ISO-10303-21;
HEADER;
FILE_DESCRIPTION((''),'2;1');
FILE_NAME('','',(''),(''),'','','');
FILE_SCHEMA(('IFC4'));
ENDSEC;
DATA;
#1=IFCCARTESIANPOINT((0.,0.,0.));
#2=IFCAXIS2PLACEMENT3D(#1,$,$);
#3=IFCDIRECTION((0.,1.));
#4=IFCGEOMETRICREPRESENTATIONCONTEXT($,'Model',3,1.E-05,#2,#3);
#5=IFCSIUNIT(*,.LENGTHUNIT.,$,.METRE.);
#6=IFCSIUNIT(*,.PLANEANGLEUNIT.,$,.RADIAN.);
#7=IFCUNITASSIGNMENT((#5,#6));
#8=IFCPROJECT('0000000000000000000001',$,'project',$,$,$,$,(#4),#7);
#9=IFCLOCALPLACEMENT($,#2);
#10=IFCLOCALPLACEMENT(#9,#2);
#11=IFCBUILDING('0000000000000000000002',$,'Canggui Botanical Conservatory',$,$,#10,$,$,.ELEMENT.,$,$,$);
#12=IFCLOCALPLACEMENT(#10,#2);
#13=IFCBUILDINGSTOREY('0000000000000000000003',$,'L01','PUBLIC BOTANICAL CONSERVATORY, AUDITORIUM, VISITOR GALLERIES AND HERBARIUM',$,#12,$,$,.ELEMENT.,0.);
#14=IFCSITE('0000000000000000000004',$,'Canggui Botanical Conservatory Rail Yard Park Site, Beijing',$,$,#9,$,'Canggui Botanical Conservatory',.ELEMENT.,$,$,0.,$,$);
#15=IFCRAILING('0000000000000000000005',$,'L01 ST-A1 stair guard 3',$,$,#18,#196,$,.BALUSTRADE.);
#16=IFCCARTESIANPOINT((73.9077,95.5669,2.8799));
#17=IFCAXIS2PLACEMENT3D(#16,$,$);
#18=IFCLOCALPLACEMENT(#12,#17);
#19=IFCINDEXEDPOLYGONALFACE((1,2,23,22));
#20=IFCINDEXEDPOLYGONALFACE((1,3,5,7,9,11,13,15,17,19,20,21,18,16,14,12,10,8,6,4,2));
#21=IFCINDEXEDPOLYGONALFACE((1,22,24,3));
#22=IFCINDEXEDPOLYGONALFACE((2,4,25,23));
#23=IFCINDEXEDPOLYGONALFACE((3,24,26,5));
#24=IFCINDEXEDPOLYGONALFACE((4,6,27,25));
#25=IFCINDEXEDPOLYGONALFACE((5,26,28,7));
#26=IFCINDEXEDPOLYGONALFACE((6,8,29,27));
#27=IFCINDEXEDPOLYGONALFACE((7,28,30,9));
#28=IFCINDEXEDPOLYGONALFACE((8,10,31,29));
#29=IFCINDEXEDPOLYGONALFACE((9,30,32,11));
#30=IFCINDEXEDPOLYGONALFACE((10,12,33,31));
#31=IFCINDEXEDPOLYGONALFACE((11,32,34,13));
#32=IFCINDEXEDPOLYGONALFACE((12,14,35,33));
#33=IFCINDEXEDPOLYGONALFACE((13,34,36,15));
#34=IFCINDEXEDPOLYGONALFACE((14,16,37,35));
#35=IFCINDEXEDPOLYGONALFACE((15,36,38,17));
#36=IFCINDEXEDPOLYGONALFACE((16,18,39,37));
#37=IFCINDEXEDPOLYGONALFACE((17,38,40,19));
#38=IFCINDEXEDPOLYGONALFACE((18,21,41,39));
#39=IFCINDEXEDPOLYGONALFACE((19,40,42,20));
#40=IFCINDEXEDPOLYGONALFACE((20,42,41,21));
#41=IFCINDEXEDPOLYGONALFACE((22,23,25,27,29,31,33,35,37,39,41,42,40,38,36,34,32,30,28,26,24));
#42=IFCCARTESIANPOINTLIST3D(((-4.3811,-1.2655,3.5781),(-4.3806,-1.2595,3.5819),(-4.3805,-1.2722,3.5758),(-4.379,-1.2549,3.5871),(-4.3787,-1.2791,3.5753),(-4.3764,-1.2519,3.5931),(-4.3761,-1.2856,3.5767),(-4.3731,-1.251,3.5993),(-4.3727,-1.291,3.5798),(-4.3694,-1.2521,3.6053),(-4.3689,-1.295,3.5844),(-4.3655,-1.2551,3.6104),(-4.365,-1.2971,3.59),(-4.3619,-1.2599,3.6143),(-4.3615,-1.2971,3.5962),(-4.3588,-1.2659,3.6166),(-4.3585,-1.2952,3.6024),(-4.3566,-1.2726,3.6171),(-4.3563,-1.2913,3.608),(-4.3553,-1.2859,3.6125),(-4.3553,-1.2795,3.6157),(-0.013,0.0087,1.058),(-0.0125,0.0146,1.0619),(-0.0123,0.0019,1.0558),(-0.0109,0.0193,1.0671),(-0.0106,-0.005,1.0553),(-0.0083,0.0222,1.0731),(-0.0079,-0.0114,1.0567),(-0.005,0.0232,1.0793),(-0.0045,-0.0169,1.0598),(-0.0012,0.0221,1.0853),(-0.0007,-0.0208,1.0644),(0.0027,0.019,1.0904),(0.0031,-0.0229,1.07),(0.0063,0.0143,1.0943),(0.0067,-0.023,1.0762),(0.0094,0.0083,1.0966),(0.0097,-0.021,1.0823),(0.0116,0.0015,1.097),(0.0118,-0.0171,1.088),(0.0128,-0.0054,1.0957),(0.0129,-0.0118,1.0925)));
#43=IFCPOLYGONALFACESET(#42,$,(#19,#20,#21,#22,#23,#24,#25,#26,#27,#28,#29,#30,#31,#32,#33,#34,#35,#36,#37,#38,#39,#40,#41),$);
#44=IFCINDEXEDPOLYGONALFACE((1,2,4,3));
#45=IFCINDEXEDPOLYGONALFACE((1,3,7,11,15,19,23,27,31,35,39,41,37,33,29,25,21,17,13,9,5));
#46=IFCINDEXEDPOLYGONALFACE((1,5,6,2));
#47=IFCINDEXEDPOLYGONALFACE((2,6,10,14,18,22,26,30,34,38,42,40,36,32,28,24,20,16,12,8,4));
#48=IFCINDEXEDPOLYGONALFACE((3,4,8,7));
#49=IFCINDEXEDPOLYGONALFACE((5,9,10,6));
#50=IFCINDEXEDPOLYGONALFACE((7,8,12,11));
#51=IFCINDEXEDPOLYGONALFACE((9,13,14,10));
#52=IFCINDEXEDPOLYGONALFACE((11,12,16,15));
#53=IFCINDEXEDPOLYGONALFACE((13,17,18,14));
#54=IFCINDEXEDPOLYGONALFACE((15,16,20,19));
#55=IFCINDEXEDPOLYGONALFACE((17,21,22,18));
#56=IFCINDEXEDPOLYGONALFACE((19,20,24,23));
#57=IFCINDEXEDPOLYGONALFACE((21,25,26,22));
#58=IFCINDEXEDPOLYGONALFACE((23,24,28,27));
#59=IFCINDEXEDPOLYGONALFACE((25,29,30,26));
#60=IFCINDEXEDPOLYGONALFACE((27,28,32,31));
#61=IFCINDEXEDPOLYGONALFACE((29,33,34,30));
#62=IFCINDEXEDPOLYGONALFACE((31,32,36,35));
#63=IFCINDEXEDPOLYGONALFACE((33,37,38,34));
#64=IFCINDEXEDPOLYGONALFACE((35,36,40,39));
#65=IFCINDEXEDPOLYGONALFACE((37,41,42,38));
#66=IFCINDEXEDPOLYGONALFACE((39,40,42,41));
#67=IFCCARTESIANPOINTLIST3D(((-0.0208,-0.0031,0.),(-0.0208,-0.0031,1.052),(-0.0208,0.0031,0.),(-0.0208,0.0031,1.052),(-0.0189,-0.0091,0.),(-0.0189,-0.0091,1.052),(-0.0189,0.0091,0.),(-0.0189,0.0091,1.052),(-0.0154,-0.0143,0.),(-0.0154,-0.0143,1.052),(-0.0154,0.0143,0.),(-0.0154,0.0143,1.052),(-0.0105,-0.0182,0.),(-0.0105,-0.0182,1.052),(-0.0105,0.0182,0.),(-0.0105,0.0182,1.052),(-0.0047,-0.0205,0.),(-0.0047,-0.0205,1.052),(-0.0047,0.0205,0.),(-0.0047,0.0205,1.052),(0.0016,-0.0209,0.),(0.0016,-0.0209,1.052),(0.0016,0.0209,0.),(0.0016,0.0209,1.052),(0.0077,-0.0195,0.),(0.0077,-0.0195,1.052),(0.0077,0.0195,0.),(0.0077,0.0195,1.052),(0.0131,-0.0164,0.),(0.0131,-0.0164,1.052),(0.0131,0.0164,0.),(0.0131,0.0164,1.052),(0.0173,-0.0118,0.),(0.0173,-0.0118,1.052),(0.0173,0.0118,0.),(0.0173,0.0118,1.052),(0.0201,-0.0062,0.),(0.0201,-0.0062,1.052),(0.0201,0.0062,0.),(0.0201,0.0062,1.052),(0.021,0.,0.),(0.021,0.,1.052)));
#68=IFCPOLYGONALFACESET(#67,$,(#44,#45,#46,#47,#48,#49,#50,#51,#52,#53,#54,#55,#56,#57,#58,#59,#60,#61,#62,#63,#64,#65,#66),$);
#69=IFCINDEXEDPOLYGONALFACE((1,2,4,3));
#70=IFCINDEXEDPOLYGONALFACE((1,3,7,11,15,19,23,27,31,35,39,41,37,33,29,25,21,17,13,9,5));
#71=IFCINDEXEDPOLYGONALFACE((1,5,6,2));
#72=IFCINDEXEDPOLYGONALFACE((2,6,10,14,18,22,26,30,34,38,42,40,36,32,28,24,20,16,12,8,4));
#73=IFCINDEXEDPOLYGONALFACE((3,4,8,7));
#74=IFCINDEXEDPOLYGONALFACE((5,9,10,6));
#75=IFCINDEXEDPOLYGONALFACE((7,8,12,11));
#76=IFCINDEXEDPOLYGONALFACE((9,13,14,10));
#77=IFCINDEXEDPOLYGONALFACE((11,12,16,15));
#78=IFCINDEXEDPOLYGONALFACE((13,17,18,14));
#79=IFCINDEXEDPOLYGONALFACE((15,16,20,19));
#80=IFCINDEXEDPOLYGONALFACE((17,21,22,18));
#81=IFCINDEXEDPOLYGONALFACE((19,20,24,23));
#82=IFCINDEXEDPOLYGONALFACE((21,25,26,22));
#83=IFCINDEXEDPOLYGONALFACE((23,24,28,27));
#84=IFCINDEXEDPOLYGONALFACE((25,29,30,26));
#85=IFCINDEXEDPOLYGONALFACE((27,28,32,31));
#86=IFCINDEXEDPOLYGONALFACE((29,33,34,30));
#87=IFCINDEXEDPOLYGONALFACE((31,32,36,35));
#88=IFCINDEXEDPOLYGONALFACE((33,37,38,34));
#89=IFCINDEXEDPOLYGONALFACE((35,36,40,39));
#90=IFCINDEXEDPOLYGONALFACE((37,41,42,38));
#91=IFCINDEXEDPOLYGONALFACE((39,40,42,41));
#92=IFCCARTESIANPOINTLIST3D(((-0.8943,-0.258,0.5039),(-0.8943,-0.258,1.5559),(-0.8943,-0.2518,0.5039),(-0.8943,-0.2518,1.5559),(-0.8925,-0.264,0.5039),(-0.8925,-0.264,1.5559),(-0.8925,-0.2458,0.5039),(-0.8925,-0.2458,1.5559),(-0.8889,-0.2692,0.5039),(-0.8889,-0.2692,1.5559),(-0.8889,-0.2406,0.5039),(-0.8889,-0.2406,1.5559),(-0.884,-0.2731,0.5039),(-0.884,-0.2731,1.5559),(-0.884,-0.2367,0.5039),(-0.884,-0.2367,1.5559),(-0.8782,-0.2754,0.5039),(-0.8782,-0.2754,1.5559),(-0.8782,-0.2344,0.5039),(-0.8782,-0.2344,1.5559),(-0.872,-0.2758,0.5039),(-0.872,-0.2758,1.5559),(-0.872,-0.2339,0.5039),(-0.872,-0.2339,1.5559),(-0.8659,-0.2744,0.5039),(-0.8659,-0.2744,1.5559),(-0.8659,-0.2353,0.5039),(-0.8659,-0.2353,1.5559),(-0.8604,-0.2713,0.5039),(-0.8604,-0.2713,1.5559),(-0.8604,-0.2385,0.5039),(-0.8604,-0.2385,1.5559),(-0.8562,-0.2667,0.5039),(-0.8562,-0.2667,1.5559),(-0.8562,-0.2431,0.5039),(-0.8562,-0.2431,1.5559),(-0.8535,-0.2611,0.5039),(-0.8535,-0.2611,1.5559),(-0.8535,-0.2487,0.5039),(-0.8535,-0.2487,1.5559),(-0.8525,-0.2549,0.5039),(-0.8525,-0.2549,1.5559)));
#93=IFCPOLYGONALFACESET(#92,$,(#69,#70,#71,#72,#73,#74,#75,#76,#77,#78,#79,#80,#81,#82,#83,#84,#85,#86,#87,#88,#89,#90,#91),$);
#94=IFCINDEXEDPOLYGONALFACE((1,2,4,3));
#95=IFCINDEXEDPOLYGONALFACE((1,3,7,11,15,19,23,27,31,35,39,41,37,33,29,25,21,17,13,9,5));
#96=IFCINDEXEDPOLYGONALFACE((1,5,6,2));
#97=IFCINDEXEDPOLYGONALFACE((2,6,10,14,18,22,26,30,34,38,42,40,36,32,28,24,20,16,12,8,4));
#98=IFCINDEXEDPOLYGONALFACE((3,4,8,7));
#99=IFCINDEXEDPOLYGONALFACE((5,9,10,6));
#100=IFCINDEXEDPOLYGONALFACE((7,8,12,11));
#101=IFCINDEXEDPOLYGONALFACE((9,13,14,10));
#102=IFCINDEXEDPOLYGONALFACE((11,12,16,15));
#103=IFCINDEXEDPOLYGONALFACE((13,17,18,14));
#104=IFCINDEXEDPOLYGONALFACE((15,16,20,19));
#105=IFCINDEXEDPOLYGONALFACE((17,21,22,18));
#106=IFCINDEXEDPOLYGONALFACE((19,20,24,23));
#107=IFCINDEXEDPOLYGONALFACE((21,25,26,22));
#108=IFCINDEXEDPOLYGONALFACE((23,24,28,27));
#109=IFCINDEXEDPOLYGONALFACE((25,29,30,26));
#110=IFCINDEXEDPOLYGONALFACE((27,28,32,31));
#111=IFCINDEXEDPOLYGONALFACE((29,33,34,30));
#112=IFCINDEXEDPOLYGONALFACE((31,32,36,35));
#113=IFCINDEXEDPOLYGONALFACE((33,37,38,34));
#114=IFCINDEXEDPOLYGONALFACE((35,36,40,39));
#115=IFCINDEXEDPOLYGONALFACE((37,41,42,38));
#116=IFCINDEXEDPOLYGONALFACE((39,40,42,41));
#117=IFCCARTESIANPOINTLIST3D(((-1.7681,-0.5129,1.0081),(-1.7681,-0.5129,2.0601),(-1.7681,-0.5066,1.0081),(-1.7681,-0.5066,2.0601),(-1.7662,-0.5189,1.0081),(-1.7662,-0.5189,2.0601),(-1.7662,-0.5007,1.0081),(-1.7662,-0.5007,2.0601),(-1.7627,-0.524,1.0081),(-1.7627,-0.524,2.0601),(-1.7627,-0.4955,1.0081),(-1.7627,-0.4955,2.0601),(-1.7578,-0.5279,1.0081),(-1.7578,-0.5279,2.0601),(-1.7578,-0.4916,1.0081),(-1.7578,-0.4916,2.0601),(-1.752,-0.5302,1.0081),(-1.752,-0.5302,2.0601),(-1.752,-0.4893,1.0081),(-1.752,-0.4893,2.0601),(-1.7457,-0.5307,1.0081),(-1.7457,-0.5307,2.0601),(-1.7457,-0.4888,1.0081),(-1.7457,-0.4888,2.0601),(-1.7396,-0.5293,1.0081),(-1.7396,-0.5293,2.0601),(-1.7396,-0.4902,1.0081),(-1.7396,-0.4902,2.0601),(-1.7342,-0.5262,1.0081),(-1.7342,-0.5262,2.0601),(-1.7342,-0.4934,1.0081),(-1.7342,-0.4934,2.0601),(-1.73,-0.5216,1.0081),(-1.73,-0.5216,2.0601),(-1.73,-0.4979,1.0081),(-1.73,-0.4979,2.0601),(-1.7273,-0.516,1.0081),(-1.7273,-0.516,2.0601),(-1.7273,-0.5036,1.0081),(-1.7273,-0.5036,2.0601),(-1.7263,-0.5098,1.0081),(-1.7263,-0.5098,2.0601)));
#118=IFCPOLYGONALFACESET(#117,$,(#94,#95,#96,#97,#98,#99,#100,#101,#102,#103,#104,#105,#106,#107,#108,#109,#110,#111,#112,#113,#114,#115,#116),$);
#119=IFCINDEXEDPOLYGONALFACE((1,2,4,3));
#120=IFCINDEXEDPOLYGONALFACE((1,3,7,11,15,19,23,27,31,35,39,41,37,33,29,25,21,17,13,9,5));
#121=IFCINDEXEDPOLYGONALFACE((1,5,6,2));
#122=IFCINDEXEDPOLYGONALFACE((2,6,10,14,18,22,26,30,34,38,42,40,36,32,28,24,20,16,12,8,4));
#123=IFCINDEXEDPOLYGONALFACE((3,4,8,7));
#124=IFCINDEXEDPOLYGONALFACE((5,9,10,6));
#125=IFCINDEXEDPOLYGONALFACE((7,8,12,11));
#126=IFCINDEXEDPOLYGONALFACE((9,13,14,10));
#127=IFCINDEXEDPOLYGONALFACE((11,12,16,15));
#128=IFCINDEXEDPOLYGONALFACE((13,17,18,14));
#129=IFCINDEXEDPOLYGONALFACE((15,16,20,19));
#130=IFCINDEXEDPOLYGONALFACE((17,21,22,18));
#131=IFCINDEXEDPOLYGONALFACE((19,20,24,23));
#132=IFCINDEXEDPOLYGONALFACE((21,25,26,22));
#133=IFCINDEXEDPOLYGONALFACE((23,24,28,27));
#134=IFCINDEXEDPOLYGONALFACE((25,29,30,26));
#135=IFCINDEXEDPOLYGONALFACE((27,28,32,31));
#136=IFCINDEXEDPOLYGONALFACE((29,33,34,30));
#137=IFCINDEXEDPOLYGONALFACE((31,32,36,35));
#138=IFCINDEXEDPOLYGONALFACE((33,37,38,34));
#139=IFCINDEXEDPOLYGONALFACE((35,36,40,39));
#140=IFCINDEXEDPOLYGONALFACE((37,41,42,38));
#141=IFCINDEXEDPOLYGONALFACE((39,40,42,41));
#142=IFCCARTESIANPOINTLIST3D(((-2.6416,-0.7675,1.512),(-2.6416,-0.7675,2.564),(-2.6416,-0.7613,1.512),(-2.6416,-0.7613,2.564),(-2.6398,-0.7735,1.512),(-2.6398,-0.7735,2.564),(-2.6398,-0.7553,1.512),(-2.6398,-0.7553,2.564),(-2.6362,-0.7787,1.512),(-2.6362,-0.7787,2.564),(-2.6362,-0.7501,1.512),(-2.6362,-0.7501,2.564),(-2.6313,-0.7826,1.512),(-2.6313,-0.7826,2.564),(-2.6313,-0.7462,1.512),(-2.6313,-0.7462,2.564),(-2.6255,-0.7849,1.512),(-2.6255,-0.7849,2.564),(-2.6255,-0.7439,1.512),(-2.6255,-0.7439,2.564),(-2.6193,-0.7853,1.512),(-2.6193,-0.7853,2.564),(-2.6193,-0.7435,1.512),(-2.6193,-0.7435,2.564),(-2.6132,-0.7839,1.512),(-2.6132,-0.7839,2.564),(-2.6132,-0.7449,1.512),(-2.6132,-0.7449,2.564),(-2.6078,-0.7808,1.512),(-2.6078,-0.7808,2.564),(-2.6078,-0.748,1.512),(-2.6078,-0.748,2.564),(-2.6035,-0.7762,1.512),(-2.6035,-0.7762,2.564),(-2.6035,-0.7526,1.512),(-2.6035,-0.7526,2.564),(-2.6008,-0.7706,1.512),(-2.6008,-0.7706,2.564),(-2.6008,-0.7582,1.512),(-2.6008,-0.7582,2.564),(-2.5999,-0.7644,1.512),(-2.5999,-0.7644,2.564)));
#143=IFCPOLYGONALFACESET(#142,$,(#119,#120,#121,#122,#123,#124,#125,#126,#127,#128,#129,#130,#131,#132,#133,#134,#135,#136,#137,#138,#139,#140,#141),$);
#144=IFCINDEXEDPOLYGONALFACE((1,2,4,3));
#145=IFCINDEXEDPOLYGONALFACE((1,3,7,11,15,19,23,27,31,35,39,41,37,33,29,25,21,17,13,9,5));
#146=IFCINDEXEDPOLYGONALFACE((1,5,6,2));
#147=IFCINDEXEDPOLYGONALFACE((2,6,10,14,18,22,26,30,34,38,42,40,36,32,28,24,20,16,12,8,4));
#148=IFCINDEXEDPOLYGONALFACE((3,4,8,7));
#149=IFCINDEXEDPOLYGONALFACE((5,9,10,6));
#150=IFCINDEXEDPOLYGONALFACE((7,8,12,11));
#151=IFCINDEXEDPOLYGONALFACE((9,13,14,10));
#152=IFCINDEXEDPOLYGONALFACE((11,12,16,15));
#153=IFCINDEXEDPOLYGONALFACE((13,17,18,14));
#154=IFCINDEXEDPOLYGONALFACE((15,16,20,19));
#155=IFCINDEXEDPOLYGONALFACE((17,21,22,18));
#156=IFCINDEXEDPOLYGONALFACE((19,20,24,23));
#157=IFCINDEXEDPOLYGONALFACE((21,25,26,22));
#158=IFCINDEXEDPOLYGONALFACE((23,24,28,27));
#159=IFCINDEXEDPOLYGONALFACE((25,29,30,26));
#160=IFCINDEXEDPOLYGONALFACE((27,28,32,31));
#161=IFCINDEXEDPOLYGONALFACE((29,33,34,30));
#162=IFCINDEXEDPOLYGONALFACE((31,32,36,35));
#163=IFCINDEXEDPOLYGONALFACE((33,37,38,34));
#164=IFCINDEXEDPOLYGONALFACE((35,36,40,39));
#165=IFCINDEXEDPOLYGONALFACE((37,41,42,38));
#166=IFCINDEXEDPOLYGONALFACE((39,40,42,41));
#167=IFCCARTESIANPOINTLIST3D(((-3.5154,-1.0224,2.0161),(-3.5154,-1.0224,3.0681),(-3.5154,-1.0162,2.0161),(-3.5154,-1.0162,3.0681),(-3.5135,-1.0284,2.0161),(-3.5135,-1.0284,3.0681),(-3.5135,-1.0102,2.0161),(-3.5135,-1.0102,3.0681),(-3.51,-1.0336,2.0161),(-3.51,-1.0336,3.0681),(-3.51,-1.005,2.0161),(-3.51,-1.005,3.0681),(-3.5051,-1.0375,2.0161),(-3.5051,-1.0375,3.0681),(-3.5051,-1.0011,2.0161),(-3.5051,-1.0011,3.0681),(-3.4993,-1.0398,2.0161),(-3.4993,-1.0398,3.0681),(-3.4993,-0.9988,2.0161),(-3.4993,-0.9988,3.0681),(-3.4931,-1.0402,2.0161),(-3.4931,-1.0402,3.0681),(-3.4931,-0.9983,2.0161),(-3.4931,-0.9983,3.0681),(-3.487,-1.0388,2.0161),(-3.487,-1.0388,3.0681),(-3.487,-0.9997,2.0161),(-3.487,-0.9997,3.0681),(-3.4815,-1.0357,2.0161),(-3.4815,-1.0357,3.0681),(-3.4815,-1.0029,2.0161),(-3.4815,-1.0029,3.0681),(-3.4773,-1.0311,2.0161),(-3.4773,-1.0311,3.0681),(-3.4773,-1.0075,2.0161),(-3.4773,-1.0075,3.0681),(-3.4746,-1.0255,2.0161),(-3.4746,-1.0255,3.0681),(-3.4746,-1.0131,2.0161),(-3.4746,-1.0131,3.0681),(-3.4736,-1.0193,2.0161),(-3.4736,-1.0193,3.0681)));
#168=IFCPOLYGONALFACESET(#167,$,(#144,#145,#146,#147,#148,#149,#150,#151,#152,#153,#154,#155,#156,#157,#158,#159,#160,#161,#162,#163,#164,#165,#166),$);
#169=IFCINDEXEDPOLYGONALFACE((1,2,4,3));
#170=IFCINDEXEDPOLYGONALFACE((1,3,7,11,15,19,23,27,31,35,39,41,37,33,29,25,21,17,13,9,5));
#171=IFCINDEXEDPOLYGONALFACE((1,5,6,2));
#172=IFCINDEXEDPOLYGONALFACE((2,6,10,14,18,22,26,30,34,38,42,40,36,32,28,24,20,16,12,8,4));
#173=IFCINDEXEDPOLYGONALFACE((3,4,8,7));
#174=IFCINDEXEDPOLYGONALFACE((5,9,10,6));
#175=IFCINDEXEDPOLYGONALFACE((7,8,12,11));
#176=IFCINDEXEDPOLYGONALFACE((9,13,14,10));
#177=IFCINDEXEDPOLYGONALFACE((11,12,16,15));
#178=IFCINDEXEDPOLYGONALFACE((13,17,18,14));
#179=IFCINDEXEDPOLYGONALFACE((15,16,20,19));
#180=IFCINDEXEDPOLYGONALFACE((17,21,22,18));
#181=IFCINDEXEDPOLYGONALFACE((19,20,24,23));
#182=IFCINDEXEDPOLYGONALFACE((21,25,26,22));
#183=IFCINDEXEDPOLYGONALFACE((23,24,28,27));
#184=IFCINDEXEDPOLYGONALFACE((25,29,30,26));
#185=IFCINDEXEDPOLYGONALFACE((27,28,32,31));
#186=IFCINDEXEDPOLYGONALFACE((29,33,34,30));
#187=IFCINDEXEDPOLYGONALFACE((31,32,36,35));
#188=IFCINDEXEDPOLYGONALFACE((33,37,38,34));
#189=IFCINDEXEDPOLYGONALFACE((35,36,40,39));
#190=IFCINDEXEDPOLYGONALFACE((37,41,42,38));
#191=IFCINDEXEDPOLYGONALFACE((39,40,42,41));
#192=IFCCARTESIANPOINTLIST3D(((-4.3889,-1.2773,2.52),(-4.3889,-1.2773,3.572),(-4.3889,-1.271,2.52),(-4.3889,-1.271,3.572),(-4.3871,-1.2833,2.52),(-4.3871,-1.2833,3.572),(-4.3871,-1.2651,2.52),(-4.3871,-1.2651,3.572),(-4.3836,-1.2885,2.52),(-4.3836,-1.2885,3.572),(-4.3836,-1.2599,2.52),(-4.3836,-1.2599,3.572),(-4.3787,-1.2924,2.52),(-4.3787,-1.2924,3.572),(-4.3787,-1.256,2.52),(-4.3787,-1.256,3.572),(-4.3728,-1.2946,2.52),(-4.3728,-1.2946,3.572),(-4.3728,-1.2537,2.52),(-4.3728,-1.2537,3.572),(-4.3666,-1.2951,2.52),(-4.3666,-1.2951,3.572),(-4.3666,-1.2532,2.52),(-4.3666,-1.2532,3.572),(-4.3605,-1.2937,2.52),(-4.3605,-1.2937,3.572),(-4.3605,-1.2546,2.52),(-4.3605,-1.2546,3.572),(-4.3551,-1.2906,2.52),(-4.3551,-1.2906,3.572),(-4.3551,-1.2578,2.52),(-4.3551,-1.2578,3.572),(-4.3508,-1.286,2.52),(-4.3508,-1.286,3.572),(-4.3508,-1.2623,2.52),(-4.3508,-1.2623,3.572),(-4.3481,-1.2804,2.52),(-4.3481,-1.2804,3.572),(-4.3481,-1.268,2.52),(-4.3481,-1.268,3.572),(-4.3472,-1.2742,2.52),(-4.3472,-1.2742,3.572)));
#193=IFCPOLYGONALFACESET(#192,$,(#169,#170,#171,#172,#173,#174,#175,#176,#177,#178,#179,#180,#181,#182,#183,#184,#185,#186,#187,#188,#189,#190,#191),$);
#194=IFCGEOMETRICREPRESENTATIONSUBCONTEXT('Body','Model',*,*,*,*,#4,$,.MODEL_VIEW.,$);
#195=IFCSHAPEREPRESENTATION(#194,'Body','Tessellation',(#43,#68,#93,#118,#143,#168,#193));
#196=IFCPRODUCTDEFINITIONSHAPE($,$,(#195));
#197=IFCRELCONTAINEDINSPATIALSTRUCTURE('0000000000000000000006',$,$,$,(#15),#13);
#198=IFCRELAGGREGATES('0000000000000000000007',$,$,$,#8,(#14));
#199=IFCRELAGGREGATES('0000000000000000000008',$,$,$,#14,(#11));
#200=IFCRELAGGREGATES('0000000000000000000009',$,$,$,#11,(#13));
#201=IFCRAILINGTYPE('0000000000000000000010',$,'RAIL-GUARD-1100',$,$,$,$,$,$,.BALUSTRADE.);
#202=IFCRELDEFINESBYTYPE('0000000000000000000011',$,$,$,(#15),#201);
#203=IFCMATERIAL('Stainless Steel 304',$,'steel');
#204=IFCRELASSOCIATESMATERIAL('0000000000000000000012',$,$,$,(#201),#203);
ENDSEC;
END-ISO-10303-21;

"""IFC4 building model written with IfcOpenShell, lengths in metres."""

from ifc_helpers import new_model, si_unit, direction, frame, origin, origin_2d, place, context, subcontext, project, spatial, circle, extrude, material, type_object, element, save


model = new_model("IFC4")

# Units and contexts
model_context = context("Model", 3, precision=1e-05, world=origin(), true_north=direction((0.0, 1.0)))
body_context = subcontext(model_context, "Body", "Model", "MODEL_VIEW")
ifc_project = project(units=[si_unit("LENGTHUNIT", "METRE"), si_unit("PLANEANGLEUNIT", "RADIAN")], contexts=[model_context])

# Site, building, storey
site_placement = place(None, origin())
site = spatial("IfcSite", under=ifc_project, at=site_placement, Name="Canggui Botanical Conservatory Rail Yard Park Site, Beijing", LongName="Canggui Botanical Conservatory", CompositionType="ELEMENT", RefElevation=0.0)
building_placement = place(site_placement, origin())
building = spatial("IfcBuilding", under=site, at=building_placement, Name="Canggui Botanical Conservatory", CompositionType="ELEMENT")
storey_placement = place(building_placement, origin())
storey = spatial("IfcBuildingStorey", under=building, at=storey_placement, Name="L01", Description="PUBLIC BOTANICAL CONSERVATORY, AUDITORIUM, VISITOR GALLERIES AND HERBARIUM", CompositionType="ELEMENT", Elevation=0.0)

# Railing
ifc_material_1 = material(Name="Stainless Steel 304", Category="steel")
railing_type_1 = type_object("IfcRailingType", Name="RAIL-GUARD-1100", PredefinedType="BALUSTRADE", material=ifc_material_1)
railing_1_placement = place(storey_placement, frame((73.9077, 95.5669, 2.8799)))
element("IfcRailing", 1, at=railing_1_placement, inside=storey, type_object=railing_type_1, Name="L01 ST-A1 stair guard 3", PredefinedType="BALUSTRADE", context=body_context, shape_type="SweptSolid", body=[
    extrude(circle(Radius=0.0239, at=origin_2d()), frame((0.0, 0.0, 1.0762), z_axis=(-0.839801, -0.244965, 0.484486), x_axis=(0.280025, -0.959993, 0.0)), (0.0, 0.0, 1.0), 5.2014),
    extrude(circle(Radius=0.021, at=origin_2d()), origin(), (0.0, 0.0, 1.0), 1.052),
    extrude(circle(Radius=0.021, at=origin_2d()), frame((-0.8735, -0.2549, 0.5039)), (0.0, 0.0, 1.0), 1.052),
    extrude(circle(Radius=0.021, at=origin_2d()), frame((-1.7473, -0.5098, 1.0081)), (0.0, 0.0, 1.0), 1.052),
    extrude(circle(Radius=0.021, at=origin_2d()), frame((-2.6208, -0.7644, 1.512)), (0.0, 0.0, 1.0), 1.052),
    extrude(circle(Radius=0.021, at=origin_2d()), frame((-3.4946, -1.0193, 2.0161)), (0.0, 0.0, 1.0), 1.052),
    extrude(circle(Radius=0.021, at=origin_2d()), frame((-4.3682, -1.2742, 2.52)), (0.0, 0.0, 1.0), 1.052),
])

save(model, "model.ifc")
